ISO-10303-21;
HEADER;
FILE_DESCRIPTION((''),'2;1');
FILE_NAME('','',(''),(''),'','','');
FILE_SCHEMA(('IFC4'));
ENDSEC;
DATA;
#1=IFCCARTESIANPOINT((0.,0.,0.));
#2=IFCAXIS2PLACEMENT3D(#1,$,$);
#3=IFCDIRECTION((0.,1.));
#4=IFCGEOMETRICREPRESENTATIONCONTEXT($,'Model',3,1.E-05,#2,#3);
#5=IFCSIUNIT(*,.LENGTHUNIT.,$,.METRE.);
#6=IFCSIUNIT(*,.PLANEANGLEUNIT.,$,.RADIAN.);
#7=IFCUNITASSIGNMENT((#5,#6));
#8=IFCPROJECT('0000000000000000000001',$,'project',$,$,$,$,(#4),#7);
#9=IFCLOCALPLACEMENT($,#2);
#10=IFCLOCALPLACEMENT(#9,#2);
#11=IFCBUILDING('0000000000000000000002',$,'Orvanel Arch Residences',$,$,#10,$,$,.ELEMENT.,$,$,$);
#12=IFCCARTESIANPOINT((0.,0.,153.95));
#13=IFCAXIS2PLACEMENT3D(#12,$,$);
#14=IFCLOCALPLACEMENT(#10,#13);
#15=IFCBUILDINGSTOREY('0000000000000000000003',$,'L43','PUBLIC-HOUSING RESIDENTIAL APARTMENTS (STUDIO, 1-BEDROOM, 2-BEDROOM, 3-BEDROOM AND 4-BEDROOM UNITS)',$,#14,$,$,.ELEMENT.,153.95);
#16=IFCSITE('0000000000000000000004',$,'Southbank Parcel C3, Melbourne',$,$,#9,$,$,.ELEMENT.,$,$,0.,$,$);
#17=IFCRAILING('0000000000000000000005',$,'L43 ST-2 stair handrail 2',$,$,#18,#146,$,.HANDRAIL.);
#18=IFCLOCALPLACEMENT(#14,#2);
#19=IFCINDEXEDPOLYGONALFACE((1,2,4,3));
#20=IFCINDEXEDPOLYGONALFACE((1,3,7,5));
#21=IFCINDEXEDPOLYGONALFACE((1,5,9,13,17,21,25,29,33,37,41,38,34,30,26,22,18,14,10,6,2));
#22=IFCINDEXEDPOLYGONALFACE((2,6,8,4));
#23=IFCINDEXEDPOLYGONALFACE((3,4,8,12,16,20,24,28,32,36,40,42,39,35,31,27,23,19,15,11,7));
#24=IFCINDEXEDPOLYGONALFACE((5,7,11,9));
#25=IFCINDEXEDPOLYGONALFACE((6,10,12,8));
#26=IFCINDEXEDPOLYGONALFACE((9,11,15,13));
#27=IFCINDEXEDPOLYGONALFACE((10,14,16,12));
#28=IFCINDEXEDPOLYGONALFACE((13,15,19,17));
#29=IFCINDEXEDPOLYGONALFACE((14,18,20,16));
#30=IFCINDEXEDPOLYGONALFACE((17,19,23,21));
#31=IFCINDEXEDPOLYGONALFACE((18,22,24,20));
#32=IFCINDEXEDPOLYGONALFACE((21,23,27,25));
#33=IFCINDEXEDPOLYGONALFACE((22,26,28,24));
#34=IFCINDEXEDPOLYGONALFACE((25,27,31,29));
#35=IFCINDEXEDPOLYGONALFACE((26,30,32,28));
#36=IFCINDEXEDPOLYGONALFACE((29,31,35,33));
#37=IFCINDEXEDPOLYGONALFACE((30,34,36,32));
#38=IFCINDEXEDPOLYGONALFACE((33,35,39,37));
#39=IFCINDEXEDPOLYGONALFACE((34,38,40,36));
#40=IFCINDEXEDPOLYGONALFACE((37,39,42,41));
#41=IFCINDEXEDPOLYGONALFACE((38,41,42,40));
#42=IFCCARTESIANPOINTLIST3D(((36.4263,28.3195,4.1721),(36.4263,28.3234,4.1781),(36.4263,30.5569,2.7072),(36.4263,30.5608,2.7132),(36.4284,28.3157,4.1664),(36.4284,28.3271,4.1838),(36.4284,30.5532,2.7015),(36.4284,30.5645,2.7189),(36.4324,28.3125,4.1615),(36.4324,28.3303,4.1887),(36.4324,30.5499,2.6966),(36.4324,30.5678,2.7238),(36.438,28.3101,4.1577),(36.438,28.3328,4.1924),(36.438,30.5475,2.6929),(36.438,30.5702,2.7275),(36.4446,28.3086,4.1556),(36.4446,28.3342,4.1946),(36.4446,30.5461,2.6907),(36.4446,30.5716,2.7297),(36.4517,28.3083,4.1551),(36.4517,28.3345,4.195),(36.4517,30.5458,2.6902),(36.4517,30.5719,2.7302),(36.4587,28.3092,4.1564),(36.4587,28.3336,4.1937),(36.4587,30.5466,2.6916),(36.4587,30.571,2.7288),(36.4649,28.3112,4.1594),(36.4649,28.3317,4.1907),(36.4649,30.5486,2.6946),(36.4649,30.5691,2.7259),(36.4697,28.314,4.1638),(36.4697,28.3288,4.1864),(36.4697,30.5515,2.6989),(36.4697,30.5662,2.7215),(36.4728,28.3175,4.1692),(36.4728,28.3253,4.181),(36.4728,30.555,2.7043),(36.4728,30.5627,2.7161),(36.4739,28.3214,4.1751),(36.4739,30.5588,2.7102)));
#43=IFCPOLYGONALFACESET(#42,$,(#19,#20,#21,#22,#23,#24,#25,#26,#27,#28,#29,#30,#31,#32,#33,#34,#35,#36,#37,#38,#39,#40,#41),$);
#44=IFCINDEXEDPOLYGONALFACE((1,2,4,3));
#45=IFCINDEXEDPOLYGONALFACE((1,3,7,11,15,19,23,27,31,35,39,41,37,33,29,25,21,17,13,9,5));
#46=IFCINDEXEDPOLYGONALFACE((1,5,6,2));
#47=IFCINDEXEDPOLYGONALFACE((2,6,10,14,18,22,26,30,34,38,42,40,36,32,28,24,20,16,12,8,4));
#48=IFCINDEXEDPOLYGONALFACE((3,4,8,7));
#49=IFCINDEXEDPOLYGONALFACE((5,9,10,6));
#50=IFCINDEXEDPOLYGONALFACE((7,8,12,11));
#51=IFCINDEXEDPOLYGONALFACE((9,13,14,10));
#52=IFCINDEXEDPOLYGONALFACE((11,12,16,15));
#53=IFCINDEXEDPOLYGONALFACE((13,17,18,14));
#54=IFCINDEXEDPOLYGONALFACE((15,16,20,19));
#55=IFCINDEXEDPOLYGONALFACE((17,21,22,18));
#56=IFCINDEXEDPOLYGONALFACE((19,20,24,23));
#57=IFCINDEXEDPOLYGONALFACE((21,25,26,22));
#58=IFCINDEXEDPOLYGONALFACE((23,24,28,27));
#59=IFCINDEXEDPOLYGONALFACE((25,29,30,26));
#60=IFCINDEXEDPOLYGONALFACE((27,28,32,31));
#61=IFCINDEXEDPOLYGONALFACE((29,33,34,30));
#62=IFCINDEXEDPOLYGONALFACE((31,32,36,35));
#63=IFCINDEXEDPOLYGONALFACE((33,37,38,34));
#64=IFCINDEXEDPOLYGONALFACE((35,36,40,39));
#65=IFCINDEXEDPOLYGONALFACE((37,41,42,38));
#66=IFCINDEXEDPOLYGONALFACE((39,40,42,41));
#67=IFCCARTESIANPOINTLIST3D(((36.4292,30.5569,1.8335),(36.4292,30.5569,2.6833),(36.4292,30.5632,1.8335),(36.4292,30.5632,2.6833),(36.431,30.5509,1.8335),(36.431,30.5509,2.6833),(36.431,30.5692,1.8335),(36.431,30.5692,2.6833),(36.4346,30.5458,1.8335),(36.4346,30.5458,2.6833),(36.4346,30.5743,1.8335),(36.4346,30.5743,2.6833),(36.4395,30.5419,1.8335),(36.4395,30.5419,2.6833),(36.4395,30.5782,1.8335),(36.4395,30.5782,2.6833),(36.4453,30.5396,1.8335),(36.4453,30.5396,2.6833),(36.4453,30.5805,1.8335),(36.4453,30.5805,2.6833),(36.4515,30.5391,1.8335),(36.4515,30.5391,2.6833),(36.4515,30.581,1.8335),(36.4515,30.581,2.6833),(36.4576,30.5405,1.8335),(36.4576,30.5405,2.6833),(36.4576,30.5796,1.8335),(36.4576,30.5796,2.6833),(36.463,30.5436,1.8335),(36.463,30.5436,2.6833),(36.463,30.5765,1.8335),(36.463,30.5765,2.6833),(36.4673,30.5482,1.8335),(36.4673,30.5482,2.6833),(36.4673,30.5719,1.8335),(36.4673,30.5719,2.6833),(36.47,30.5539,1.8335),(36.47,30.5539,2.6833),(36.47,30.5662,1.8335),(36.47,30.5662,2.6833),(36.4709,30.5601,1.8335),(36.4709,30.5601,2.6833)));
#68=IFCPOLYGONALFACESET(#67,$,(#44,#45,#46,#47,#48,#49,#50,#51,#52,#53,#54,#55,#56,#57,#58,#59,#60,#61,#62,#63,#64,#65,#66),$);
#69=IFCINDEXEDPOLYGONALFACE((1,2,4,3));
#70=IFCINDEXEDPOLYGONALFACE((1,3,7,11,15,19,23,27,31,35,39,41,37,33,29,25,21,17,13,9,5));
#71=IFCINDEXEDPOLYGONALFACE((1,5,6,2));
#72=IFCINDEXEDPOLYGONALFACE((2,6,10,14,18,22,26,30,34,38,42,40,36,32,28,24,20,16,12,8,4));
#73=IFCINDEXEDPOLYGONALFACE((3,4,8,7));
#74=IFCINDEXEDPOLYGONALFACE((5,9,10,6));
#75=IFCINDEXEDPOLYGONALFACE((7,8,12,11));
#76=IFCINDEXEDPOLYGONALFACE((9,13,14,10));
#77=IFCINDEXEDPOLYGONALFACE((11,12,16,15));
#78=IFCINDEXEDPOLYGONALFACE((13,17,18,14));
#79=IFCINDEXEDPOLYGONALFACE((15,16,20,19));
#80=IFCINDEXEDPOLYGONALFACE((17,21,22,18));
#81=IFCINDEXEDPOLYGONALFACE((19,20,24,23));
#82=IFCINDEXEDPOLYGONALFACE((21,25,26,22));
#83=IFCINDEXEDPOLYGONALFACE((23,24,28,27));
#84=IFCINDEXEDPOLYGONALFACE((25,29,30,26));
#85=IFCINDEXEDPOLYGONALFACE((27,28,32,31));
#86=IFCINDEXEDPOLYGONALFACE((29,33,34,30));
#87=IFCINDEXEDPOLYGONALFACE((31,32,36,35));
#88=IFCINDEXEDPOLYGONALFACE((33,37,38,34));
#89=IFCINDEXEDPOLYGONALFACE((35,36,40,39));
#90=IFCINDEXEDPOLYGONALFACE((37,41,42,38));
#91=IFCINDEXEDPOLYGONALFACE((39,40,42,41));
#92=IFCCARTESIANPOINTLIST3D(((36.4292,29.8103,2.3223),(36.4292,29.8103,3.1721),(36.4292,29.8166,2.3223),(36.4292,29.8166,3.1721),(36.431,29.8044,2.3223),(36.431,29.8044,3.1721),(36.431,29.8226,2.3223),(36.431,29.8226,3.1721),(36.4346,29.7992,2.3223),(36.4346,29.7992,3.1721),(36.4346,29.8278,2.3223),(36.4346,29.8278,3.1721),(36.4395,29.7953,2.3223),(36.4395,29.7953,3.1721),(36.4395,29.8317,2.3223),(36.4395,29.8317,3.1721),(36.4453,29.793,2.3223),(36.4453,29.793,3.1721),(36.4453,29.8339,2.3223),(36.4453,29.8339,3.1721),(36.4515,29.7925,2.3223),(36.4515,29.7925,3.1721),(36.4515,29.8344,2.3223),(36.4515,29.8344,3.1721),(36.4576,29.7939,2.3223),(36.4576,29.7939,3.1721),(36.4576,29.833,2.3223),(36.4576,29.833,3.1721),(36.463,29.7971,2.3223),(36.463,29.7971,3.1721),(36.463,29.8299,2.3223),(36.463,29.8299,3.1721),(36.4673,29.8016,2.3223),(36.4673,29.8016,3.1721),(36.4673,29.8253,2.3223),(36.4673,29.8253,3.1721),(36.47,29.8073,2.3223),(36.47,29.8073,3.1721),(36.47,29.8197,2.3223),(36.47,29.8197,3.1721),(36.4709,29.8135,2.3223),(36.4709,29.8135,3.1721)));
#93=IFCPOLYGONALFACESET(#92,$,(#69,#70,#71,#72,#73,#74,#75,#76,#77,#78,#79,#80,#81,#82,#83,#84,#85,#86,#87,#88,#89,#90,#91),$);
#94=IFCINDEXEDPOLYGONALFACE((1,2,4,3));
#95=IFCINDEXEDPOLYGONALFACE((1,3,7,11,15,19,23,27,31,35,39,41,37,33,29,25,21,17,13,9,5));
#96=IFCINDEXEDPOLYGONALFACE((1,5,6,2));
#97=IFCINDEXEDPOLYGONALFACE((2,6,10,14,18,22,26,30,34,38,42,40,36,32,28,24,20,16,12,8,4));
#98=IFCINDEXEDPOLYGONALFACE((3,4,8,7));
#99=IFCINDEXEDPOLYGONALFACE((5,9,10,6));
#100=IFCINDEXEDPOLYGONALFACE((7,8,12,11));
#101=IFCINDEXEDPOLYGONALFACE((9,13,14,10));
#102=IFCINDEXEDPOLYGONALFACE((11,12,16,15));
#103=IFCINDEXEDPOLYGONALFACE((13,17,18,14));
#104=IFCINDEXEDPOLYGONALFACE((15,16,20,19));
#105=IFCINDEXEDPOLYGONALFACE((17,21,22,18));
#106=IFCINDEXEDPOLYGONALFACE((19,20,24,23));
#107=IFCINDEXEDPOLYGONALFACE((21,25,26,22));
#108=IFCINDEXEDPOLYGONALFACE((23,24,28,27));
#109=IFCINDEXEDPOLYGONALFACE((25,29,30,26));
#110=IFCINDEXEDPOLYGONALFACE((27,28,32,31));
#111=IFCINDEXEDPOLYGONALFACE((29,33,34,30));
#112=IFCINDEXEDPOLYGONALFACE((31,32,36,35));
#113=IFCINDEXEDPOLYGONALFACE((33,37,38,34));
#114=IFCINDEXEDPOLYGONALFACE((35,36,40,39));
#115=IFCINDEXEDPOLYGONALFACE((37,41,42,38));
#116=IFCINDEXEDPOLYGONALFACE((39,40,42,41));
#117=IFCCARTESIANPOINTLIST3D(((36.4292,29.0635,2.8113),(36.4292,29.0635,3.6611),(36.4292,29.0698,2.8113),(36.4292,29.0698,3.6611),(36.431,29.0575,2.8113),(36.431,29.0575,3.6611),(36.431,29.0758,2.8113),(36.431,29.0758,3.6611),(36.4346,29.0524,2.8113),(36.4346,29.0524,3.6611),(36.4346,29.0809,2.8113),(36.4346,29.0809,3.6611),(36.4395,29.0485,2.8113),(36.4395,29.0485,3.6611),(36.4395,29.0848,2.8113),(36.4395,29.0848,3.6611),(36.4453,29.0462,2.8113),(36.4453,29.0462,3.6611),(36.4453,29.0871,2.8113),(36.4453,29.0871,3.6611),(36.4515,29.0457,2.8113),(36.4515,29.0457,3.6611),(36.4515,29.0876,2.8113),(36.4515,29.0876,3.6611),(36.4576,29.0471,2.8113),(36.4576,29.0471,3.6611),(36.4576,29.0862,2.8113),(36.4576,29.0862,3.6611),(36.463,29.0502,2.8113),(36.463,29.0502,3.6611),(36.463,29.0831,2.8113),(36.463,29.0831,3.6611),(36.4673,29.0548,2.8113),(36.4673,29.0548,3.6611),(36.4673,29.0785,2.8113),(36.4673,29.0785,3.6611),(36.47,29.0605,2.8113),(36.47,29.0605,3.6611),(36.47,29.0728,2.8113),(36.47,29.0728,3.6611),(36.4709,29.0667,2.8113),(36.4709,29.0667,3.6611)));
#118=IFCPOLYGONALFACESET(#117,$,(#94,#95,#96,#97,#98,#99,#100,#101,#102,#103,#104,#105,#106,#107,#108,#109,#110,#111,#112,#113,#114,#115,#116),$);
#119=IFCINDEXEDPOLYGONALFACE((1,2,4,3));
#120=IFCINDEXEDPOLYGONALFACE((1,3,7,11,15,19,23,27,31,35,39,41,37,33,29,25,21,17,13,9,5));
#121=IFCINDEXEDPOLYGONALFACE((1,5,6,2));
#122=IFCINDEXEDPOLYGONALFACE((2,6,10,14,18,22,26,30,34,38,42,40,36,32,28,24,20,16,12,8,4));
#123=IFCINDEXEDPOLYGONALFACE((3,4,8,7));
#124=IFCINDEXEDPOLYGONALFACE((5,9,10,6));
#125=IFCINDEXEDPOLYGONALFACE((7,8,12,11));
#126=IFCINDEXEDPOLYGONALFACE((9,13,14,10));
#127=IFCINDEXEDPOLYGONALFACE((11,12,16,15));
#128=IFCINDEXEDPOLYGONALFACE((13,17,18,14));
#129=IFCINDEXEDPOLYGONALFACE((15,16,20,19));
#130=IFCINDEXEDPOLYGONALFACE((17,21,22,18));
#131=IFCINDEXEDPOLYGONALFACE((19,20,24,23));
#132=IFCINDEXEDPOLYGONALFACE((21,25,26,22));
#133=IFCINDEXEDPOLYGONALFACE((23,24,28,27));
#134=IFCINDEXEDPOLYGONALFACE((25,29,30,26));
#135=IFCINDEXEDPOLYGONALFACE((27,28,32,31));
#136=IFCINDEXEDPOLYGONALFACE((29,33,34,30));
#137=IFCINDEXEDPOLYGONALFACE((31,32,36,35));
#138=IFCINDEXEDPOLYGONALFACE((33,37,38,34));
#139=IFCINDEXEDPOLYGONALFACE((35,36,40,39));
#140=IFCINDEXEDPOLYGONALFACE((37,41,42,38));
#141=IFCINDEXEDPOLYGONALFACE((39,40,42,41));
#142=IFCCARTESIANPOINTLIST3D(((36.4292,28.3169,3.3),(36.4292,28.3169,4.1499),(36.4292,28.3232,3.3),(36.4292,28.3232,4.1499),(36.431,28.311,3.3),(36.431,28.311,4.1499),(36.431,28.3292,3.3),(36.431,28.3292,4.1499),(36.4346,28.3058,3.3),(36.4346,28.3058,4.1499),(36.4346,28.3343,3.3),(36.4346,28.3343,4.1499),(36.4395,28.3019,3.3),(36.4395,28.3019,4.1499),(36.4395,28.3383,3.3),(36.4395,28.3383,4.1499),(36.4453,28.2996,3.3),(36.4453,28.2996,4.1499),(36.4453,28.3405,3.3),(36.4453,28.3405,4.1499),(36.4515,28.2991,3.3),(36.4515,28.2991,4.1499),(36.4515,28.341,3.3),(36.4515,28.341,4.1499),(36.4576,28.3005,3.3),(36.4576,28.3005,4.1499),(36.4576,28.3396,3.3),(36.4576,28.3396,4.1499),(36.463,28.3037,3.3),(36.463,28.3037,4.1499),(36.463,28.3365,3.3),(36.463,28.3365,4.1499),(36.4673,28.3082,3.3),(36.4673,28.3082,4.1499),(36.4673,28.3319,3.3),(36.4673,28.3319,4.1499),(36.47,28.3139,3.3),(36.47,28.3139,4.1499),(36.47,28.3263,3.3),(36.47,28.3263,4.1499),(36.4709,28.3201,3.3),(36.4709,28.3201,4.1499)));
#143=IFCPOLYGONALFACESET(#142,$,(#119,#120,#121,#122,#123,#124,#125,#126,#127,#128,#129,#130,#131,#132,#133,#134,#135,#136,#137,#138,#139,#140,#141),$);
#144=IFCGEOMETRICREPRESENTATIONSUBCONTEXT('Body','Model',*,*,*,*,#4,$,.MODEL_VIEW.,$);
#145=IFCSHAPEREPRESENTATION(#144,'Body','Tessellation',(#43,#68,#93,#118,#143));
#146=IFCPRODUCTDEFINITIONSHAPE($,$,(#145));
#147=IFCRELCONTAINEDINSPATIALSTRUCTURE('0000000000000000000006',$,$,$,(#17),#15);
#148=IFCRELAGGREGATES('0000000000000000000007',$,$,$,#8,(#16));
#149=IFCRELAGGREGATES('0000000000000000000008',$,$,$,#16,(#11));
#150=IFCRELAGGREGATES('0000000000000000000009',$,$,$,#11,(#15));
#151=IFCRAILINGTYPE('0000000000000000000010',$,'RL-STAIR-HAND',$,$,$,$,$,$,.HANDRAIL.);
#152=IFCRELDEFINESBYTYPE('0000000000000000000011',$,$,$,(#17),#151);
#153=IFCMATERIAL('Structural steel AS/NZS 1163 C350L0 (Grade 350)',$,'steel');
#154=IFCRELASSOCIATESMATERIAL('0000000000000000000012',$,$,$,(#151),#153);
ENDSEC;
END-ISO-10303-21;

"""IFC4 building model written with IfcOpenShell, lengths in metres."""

from ifc_helpers import new_model, si_unit, direction, frame, origin, origin_2d, place, context, subcontext, project, spatial, circle, extrude, material, type_object, element, save


model = new_model("IFC4")

# Units and contexts
model_context = context("Model", 3, precision=1e-05, world=origin(), true_north=direction((0.0, 1.0)))
body_context = subcontext(model_context, "Body", "Model", "MODEL_VIEW")
ifc_project = project(units=[si_unit("LENGTHUNIT", "METRE"), si_unit("PLANEANGLEUNIT", "RADIAN")], contexts=[model_context])

# Site, building, storey
site_placement = place(None, origin())
site = spatial("IfcSite", under=ifc_project, at=site_placement, Name="Southbank Parcel C3, Melbourne", CompositionType="ELEMENT", RefElevation=0.0)
building_placement = place(site_placement, origin())
building = spatial("IfcBuilding", under=site, at=building_placement, Name="Orvanel Arch Residences", CompositionType="ELEMENT")
storey_placement = place(building_placement, frame((0.0, 0.0, 153.95)))
storey = spatial("IfcBuildingStorey", under=building, at=storey_placement, Name="L43", Description="PUBLIC-HOUSING RESIDENTIAL APARTMENTS (STUDIO, 1-BEDROOM, 2-BEDROOM, 3-BEDROOM AND 4-BEDROOM UNITS)", CompositionType="ELEMENT", Elevation=153.95)

# Railing
ifc_material_1 = material(Name="Structural steel AS/NZS 1163 C350L0 (Grade 350)", Category="steel")
railing_type_1 = type_object("IfcRailingType", Name="RL-STAIR-HAND", PredefinedType="HANDRAIL", material=ifc_material_1)
railing_1_placement = place(storey_placement, frame((36.45, 30.5601, 1.8335)))
element("IfcRailing", 1, at=railing_1_placement, inside=storey, type_object=railing_type_1, Name="L43 ST-2 stair handrail 2", PredefinedType="HANDRAIL", context=body_context, shape_type="SweptSolid", body=[
    extrude(circle(Radius=0.0239, at=origin_2d()), frame((0.0, -0.0012, 0.8767), z_axis=(0.0, -0.836637, 0.547758), x_axis=(1.0, 0.0, 0.0)), (0.0, 0.0, 1.0), 2.6743),
    extrude(circle(Radius=0.021, at=origin_2d()), origin(), (0.0, 0.0, 1.0), 0.8499),
    extrude(circle(Radius=0.021, at=origin_2d()), frame((0.0, -0.7466, 0.4888)), (0.0, 0.0, 1.0), 0.8499),
    extrude(circle(Radius=0.021, at=origin_2d()), frame((0.0, -1.4934, 0.9778)), (0.0, 0.0, 1.0), 0.8499),
    extrude(circle(Radius=0.021, at=origin_2d()), frame((0.0, -2.24, 1.4666)), (0.0, 0.0, 1.0), 0.8499),
])

save(model, "model.ifc")
